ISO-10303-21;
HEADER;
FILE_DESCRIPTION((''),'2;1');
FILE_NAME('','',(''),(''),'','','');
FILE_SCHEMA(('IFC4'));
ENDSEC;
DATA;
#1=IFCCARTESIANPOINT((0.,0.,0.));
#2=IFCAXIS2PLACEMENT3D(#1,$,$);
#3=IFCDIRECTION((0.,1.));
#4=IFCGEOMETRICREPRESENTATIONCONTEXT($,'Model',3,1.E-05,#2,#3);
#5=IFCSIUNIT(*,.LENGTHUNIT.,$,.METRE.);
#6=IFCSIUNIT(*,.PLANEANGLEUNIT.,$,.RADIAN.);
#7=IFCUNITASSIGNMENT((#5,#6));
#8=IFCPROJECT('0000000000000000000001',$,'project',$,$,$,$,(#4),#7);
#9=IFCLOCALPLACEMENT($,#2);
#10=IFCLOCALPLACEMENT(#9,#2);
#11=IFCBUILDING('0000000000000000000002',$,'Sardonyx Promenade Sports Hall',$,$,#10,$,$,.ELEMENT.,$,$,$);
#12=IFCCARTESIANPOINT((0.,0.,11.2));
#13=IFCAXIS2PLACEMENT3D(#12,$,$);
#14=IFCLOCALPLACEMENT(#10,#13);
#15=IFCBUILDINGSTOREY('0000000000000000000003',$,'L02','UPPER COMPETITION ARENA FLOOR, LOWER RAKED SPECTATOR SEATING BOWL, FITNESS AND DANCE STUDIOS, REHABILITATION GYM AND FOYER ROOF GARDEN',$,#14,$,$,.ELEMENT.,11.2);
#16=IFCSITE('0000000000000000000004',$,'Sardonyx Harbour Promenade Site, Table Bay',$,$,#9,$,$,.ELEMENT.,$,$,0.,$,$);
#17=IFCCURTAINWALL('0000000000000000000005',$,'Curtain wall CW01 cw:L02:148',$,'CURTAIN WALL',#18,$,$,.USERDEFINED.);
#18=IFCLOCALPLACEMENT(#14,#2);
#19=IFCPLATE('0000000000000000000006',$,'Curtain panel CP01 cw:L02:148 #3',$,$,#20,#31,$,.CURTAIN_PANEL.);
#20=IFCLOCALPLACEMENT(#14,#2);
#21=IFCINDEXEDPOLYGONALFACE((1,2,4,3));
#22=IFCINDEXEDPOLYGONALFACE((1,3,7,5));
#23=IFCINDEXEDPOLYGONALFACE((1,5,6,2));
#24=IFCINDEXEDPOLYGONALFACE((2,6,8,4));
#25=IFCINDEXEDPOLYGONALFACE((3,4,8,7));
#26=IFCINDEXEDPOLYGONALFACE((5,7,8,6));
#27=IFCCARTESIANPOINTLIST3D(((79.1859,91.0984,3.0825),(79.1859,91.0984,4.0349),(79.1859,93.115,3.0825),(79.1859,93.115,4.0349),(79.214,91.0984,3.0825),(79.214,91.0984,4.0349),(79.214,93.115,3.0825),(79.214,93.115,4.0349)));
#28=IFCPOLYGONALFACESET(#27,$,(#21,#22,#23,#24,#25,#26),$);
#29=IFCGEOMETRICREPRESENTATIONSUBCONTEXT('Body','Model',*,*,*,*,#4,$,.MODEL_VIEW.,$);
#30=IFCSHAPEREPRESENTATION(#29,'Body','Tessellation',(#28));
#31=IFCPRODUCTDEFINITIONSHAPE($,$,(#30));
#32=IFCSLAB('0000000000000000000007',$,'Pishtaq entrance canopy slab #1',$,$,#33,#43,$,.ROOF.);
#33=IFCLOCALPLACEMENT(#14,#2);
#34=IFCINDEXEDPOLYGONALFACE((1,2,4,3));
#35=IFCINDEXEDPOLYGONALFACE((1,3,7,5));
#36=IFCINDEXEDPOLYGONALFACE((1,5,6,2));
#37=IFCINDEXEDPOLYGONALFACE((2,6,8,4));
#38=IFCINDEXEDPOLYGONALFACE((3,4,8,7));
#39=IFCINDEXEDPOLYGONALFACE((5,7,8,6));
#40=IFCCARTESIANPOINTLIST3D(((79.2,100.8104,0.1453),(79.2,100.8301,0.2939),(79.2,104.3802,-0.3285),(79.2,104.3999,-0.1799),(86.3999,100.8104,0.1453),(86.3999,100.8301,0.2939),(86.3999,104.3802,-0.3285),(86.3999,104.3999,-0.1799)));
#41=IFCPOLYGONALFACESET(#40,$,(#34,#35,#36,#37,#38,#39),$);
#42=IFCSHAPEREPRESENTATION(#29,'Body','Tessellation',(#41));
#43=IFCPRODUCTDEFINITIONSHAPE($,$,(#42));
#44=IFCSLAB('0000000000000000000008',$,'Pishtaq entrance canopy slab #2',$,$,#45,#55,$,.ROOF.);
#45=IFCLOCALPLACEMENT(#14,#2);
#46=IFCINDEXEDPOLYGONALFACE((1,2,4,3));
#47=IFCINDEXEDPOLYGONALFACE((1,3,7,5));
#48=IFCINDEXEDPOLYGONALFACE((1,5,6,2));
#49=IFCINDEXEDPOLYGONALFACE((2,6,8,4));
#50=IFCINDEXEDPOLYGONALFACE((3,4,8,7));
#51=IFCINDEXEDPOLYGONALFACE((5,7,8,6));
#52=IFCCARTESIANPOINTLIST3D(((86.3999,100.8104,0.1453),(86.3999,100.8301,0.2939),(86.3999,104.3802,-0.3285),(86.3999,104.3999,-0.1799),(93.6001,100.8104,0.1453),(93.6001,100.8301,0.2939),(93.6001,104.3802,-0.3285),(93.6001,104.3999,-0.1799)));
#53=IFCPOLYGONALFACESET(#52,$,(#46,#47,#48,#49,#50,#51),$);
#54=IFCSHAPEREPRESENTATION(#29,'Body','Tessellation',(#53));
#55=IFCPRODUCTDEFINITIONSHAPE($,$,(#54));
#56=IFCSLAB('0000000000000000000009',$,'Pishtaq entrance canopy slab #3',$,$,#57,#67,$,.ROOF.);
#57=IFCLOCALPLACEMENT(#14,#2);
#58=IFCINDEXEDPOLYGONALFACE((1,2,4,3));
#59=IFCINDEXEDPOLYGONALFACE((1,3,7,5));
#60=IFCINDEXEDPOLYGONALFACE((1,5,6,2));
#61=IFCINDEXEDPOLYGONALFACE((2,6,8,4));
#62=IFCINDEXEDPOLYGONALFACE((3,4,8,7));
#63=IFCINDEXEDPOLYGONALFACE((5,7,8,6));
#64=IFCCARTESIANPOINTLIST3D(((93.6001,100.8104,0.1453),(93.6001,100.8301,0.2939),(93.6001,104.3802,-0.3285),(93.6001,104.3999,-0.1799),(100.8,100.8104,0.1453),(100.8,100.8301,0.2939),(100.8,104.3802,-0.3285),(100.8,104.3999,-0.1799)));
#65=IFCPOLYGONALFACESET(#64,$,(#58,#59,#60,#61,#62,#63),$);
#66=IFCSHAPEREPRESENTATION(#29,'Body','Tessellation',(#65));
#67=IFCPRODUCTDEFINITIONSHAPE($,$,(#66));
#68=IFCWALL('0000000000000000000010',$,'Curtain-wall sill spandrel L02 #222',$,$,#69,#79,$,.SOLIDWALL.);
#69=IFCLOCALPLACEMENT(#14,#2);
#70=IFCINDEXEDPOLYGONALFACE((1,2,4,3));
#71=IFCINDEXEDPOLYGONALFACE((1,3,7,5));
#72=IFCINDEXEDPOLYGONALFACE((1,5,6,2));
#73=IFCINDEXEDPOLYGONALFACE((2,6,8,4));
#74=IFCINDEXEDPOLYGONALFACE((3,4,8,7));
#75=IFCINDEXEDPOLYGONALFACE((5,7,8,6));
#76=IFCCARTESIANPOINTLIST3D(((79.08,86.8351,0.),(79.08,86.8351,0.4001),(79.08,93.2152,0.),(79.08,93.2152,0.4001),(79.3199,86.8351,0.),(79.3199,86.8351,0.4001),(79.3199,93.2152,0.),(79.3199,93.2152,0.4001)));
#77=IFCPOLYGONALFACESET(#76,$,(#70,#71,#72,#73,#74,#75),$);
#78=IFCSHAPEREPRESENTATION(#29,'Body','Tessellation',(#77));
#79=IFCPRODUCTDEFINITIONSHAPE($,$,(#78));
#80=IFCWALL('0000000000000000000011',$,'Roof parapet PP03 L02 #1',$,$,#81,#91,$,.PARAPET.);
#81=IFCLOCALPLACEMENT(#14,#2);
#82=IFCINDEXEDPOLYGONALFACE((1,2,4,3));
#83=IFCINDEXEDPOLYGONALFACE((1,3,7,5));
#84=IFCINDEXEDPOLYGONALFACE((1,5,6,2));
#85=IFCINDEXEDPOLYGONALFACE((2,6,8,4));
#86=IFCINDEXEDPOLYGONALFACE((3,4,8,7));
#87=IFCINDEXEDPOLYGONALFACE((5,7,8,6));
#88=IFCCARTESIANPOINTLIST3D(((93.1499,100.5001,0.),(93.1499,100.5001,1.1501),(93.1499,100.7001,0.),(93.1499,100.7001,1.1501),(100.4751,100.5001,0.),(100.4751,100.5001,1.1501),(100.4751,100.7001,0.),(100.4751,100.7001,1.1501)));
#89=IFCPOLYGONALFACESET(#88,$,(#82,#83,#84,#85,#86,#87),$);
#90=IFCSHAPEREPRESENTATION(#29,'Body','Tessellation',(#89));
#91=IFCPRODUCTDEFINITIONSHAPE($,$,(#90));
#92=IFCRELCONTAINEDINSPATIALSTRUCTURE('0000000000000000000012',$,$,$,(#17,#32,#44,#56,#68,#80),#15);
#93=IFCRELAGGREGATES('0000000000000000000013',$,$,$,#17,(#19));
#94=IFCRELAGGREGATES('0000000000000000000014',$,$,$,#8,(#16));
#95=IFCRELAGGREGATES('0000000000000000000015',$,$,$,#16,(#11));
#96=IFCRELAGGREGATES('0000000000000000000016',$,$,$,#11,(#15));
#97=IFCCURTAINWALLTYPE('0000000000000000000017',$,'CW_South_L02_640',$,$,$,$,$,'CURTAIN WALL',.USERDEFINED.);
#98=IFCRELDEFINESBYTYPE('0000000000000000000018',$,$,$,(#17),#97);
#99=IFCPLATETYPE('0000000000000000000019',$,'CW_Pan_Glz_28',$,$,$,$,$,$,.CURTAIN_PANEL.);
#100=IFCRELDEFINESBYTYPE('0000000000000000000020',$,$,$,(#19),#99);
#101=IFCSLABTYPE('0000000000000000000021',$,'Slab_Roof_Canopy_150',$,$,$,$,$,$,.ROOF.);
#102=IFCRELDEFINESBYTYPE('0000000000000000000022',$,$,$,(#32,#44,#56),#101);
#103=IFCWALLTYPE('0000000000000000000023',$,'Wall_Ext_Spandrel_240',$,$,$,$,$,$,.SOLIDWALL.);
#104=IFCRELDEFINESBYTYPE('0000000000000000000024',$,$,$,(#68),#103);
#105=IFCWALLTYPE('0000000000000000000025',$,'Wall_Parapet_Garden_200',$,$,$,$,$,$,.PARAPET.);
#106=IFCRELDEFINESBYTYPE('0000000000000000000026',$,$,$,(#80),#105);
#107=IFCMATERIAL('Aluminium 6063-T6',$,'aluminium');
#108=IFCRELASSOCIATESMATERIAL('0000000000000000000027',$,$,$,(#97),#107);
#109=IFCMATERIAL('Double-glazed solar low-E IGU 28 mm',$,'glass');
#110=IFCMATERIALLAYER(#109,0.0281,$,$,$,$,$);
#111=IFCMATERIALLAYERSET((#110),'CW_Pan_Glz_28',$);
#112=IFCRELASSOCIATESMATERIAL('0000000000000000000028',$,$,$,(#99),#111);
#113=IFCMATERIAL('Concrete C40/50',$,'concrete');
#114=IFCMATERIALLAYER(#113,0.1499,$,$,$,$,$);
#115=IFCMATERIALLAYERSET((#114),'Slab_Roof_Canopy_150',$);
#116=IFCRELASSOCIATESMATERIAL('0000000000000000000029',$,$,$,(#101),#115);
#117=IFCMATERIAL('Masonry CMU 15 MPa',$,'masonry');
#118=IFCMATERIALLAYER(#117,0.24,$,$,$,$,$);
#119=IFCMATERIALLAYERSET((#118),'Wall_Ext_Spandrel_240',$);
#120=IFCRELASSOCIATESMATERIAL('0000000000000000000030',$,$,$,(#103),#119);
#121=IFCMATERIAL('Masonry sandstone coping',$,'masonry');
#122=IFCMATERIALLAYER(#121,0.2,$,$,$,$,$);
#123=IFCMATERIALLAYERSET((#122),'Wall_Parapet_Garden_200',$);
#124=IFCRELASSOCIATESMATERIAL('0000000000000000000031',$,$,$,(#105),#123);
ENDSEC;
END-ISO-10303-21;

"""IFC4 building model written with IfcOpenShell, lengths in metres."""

from ifc_helpers import new_model, si_unit, direction, frame, frame_2d, origin, origin_2d, place, context, subcontext, project, spatial, polyline, rectangle, outline, extrude, material, layer, layer_set, type_object, element, aggregate, save


model = new_model("IFC4")

# Units and contexts
model_context = context("Model", 3, precision=1e-05, world=origin(), true_north=direction((0.0, 1.0)))
body_context = subcontext(model_context, "Body", "Model", "MODEL_VIEW")
ifc_project = project(units=[si_unit("LENGTHUNIT", "METRE"), si_unit("PLANEANGLEUNIT", "RADIAN")], contexts=[model_context])

# Site, building, storey
site_placement = place(None, origin())
site = spatial("IfcSite", under=ifc_project, at=site_placement, Name="Sardonyx Harbour Promenade Site, Table Bay", CompositionType="ELEMENT", RefElevation=0.0)
building_placement = place(site_placement, origin())
building = spatial("IfcBuilding", under=site, at=building_placement, Name="Sardonyx Promenade Sports Hall", CompositionType="ELEMENT")
storey_placement = place(building_placement, frame((0.0, 0.0, 11.2)))
storey = spatial("IfcBuildingStorey", under=building, at=storey_placement, Name="L02", Description="UPPER COMPETITION ARENA FLOOR, LOWER RAKED SPECTATOR SEATING BOWL, FITNESS AND DANCE STUDIOS, REHABILITATION GYM AND FOYER ROOF GARDEN", CompositionType="ELEMENT", Elevation=11.2)

# Curtain wall
ifc_material_1 = material(Name="Aluminium 6063-T6", Category="aluminium")
curtain_wall_type = type_object("IfcCurtainWallType", Name="CW_South_L02_640", ElementType="CURTAIN WALL", PredefinedType="USERDEFINED", material=ifc_material_1)
curtain_wall_placement = place(storey_placement, origin())
curtain_wall = element("IfcCurtainWall", 1, at=curtain_wall_placement, inside=storey, type_object=curtain_wall_type, Name="Curtain wall CW01 cw:L02:148", ObjectType="CURTAIN WALL", PredefinedType="USERDEFINED")

# Plate
ifc_material_2 = material(Name="Double-glazed solar low-E IGU 28 mm", Category="glass")
ifc_layer_1 = layer(ifc_material_2, 0.0281)
ifc_layer_set_1 = layer_set([ifc_layer_1], Name="CW_Pan_Glz_28")
plate_type = type_object("IfcPlateType", Name="CW_Pan_Glz_28", PredefinedType="CURTAIN_PANEL", material=ifc_layer_set_1)
plate_1_placement = place(storey_placement, frame((79.2, 92.1067, 3.0825), z_axis=(0.0, 0.0, 1.0), x_axis=(0.0, -1.0, 0.0)))
plate_1 = element("IfcPlate", 2, at=plate_1_placement, type_object=plate_type, Name="Curtain panel CP01 cw:L02:148 #3", PredefinedType="CURTAIN_PANEL", context=body_context, shape_type="SweptSolid", body=[
    extrude(rectangle(XDim=2.0166, YDim=0.0281, at=origin_2d()), origin(), (0.0, 0.0, 1.0), 0.9524),
])
aggregate(curtain_wall, [plate_1])

# Slabs
ifc_material_3 = material(Name="Concrete C40/50", Category="concrete")
ifc_layer_2 = layer(ifc_material_3, 0.1499)
ifc_layer_set_2 = layer_set([ifc_layer_2], Name="Slab_Roof_Canopy_150")
slab_type = type_object("IfcSlabType", Name="Slab_Roof_Canopy_150", PredefinedType="ROOF", material=ifc_layer_set_2)
slab_1_placement = place(storey_placement, frame((79.2, 104.3999, -0.1799), z_axis=(0.0, 0.131591, 0.991304), x_axis=(0.0, -0.991304, 0.131591)))
element("IfcSlab", 3, at=slab_1_placement, inside=storey, type_object=slab_type, Name="Pishtaq entrance canopy slab #1", PredefinedType="ROOF", context=body_context, shape_type="SweptSolid", body=[
    extrude(outline(polyline([(0.0, 0.0), (3.6011, 0.0), (3.6011, 7.2), (0.0, 7.2), (0.0, 0.0)])), origin(), (0.0, 0.0, -1.0), 0.1499),
])
slab_2_placement = place(storey_placement, frame((86.3999, 104.3999, -0.1799), z_axis=(0.0, 0.131591, 0.991304), x_axis=(0.0, -0.991304, 0.131591)))
element("IfcSlab", 4, at=slab_2_placement, inside=storey, type_object=slab_type, Name="Pishtaq entrance canopy slab #2", PredefinedType="ROOF", context=body_context, shape_type="SweptSolid", body=[
    extrude(outline(polyline([(0.0, 0.0), (3.6011, 0.0), (3.6011, 7.2002), (0.0, 7.2002), (0.0, 0.0)])), origin(), (0.0, 0.0, -1.0), 0.1499),
])
slab_3_placement = place(storey_placement, frame((93.6001, 104.3999, -0.1799), z_axis=(0.0, 0.131591, 0.991304), x_axis=(0.0, -0.991304, 0.131591)))
element("IfcSlab", 5, at=slab_3_placement, inside=storey, type_object=slab_type, Name="Pishtaq entrance canopy slab #3", PredefinedType="ROOF", context=body_context, shape_type="SweptSolid", body=[
    extrude(outline(polyline([(0.0, 0.0), (3.6011, 0.0), (3.6011, 7.2), (0.0, 7.2), (0.0, 0.0)])), origin(), (0.0, 0.0, -1.0), 0.1499),
])

# Walls
ifc_material_4 = material(Name="Masonry CMU 15 MPa", Category="masonry")
ifc_layer_3 = layer(ifc_material_4, 0.24)
ifc_layer_set_3 = layer_set([ifc_layer_3], Name="Wall_Ext_Spandrel_240")
wall_type_1 = type_object("IfcWallType", Name="Wall_Ext_Spandrel_240", PredefinedType="SOLIDWALL", material=ifc_layer_set_3)
wall_1_placement = place(storey_placement, frame((79.2, 93.2151, 0.0), z_axis=(0.0, 0.0, 1.0), x_axis=(0.0, -1.0, 0.0)))
element("IfcWall", 6, at=wall_1_placement, inside=storey, type_object=wall_type_1, Name="Curtain-wall sill spandrel L02 #222", PredefinedType="SOLIDWALL", context=body_context, shape_type="SweptSolid", body=[
    extrude(rectangle(XDim=6.3801, YDim=0.24, at=frame_2d((3.1899, 0.0))), origin(), (0.0, 0.0, 1.0), 0.4001),
])
ifc_material_5 = material(Name="Masonry sandstone coping", Category="masonry")
ifc_layer_4 = layer(ifc_material_5, 0.2)
ifc_layer_set_4 = layer_set([ifc_layer_4], Name="Wall_Parapet_Garden_200")
wall_type_2 = type_object("IfcWallType", Name="Wall_Parapet_Garden_200", PredefinedType="PARAPET", material=ifc_layer_set_4)
wall_2_placement = place(storey_placement, frame((93.1499, 100.6001, 0.0), z_axis=(0.0, 0.0, 1.0), x_axis=(1.0, 0.0, 0.0)))
element("IfcWall", 7, at=wall_2_placement, inside=storey, type_object=wall_type_2, Name="Roof parapet PP03 L02 #1", PredefinedType="PARAPET", context=body_context, shape_type="SweptSolid", body=[
    extrude(rectangle(XDim=7.3252, YDim=0.2, at=frame_2d((3.6626, 0.0))), origin(), (0.0, 0.0, 1.0), 1.1501),
])

save(model, "model.ifc")
